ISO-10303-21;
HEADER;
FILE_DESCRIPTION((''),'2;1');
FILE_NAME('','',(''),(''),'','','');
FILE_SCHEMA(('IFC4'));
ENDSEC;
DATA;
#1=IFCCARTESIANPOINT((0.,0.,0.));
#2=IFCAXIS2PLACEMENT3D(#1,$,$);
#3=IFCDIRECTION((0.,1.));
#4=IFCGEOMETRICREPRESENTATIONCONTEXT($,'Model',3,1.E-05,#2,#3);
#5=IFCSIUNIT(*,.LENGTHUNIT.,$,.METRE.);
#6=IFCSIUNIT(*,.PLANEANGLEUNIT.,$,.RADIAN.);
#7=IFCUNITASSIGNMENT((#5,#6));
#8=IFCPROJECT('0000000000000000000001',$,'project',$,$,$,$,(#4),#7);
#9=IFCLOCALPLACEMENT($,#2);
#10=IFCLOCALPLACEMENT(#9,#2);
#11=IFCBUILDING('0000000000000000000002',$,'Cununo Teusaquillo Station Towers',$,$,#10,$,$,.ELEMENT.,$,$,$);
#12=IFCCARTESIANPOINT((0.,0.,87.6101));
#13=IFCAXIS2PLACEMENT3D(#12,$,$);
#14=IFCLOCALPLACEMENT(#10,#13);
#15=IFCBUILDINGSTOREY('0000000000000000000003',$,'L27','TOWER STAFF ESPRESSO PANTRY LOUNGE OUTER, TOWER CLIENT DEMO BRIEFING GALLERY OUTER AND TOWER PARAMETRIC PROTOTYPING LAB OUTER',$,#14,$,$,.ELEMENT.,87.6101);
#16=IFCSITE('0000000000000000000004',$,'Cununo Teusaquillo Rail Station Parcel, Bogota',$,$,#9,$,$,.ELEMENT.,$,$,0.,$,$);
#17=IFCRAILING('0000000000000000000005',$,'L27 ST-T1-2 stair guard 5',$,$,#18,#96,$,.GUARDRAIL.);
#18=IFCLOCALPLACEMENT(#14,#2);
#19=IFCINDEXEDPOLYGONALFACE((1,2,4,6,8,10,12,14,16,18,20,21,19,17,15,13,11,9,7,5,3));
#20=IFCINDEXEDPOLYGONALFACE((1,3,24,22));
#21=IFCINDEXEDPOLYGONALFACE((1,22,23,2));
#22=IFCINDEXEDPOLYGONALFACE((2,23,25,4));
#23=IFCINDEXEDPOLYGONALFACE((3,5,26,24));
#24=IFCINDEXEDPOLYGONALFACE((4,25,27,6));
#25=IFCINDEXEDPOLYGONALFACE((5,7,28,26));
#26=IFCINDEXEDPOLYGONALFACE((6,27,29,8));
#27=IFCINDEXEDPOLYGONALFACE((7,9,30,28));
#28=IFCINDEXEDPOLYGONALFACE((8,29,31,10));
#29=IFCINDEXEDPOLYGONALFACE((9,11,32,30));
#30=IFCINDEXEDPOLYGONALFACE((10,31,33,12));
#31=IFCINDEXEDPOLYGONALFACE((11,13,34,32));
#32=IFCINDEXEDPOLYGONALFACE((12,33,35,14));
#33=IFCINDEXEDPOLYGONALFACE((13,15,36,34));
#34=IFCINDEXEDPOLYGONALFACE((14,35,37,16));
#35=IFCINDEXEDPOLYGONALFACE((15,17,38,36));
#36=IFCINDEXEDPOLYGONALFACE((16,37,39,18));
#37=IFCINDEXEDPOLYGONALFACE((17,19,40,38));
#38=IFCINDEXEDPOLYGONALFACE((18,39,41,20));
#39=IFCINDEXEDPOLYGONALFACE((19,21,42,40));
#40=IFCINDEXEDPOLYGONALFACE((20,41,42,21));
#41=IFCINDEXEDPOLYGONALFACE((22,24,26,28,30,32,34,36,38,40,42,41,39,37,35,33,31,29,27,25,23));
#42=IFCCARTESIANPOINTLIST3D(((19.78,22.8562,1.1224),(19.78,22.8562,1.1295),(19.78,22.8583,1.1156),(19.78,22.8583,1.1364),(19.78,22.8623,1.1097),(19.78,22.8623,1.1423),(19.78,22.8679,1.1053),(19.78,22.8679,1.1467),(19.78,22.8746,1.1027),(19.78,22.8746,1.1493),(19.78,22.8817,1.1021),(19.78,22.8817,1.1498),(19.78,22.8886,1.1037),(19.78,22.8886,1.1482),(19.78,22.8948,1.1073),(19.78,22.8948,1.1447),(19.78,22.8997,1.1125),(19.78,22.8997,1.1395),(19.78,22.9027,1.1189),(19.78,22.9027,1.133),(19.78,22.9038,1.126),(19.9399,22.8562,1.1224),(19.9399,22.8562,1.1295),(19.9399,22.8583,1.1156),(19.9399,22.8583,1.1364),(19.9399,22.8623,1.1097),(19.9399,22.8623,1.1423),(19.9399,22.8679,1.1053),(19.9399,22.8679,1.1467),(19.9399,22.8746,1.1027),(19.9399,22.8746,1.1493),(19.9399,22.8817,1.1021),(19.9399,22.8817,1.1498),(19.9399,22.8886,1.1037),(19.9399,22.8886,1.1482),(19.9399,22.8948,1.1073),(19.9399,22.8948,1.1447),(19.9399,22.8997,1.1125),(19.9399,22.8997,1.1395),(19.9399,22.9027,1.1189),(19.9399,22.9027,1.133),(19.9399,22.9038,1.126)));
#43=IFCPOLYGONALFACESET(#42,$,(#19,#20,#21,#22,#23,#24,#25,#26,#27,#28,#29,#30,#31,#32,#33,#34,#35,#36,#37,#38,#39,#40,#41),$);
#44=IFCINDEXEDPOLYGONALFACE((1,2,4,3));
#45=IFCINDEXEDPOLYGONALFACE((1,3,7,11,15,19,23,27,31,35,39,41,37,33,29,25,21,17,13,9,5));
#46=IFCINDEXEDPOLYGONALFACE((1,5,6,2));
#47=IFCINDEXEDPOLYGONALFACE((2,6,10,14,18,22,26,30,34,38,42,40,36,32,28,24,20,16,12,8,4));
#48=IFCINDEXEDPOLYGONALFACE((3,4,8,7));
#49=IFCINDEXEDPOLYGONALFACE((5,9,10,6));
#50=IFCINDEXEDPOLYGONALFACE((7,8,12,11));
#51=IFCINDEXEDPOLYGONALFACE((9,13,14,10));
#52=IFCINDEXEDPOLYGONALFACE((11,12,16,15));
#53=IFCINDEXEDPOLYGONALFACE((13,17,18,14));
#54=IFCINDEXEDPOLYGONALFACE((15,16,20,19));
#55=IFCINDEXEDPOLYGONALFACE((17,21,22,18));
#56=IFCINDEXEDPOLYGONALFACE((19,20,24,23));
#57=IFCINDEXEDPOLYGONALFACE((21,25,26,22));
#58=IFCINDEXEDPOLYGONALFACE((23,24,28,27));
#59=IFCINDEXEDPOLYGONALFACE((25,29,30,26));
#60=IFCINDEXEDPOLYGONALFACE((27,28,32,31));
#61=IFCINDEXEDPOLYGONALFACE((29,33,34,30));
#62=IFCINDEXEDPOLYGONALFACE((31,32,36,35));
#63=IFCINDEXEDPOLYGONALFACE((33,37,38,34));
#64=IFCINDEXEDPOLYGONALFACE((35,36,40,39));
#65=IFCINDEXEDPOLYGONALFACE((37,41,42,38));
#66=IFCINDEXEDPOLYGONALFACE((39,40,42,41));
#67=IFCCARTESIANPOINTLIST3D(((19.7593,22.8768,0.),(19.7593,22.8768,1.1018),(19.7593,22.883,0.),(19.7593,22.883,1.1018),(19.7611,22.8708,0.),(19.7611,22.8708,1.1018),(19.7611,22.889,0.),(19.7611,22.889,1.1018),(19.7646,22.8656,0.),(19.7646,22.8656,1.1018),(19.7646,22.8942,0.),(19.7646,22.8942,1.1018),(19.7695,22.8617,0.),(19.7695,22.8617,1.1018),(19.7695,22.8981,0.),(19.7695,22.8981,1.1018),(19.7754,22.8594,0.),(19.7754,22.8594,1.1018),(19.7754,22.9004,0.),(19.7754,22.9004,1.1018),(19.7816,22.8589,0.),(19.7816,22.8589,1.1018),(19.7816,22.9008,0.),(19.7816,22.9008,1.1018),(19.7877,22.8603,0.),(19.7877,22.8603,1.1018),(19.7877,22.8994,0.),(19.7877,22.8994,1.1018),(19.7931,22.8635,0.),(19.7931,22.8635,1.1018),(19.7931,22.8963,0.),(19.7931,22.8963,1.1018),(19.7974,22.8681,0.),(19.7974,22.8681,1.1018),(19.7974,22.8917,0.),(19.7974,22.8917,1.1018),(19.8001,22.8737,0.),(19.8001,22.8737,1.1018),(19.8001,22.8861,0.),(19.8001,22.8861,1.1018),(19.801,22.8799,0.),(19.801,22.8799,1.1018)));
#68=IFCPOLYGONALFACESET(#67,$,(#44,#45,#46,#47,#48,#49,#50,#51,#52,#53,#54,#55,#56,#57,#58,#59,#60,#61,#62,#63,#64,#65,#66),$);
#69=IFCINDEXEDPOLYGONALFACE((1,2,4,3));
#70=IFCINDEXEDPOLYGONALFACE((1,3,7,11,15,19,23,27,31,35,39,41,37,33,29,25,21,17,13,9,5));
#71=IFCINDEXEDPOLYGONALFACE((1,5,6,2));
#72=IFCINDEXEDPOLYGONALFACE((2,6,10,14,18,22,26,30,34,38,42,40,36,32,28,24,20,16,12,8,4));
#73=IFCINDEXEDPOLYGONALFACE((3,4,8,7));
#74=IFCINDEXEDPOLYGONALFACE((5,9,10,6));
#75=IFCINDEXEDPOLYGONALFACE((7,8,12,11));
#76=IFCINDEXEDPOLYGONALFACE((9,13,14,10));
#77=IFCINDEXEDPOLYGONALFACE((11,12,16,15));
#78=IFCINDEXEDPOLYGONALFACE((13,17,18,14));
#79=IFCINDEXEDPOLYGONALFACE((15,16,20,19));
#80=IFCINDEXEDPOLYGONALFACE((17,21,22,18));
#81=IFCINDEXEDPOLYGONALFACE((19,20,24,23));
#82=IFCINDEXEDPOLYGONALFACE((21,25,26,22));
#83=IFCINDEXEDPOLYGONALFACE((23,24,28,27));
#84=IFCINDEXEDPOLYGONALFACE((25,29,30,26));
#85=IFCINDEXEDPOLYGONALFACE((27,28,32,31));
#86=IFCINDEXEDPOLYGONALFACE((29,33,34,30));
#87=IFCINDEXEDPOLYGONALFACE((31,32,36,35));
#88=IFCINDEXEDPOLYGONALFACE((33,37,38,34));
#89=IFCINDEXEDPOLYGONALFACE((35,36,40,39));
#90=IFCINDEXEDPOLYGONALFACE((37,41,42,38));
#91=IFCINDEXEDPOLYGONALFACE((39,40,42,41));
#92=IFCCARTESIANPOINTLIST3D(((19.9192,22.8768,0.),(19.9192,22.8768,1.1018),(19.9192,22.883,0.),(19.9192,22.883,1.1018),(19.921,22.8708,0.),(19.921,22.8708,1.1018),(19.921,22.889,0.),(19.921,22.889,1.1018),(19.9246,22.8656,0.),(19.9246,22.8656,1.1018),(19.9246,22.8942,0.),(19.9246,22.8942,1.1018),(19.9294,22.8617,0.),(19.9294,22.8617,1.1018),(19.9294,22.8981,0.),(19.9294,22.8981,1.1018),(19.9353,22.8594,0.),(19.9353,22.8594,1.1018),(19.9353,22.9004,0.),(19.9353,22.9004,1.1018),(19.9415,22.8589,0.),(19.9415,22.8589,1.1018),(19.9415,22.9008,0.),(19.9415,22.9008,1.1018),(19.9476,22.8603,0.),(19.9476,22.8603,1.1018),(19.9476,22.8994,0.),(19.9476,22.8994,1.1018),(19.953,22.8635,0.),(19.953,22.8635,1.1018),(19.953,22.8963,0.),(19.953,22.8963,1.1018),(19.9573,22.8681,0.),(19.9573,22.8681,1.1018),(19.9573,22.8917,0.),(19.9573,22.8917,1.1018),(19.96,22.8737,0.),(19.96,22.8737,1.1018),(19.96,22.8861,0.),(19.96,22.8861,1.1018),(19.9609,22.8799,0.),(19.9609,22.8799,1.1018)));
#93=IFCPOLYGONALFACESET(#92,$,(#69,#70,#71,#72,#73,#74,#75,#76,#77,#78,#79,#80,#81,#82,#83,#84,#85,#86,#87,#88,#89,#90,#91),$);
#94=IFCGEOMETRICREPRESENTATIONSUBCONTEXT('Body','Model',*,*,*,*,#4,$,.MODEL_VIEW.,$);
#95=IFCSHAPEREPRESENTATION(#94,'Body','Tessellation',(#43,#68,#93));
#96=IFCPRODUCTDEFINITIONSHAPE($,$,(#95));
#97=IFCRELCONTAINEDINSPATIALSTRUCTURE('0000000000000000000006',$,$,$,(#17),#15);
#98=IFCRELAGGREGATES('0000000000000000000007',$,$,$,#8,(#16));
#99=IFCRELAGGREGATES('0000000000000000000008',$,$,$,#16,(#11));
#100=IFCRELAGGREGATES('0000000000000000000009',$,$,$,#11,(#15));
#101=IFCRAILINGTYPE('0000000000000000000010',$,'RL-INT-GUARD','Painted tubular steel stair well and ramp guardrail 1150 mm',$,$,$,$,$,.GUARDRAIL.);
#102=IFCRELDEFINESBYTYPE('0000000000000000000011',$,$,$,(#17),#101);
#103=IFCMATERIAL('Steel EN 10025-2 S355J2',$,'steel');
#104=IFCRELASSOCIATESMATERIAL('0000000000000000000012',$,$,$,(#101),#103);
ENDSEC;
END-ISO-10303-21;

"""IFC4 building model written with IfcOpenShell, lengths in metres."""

from ifc_helpers import new_model, si_unit, direction, frame, origin, origin_2d, place, context, subcontext, project, spatial, circle, extrude, material, type_object, element, save


model = new_model("IFC4")

# Units and contexts
model_context = context("Model", 3, precision=1e-05, world=origin(), true_north=direction((0.0, 1.0)))
body_context = subcontext(model_context, "Body", "Model", "MODEL_VIEW")
ifc_project = project(units=[si_unit("LENGTHUNIT", "METRE"), si_unit("PLANEANGLEUNIT", "RADIAN")], contexts=[model_context])

# Site, building, storey
site_placement = place(None, origin())
site = spatial("IfcSite", under=ifc_project, at=site_placement, Name="Cununo Teusaquillo Rail Station Parcel, Bogota", CompositionType="ELEMENT", RefElevation=0.0)
building_placement = place(site_placement, origin())
building = spatial("IfcBuilding", under=site, at=building_placement, Name="Cununo Teusaquillo Station Towers", CompositionType="ELEMENT")
storey_placement = place(building_placement, frame((0.0, 0.0, 87.6101)))
storey = spatial("IfcBuildingStorey", under=building, at=storey_placement, Name="L27", Description="TOWER STAFF ESPRESSO PANTRY LOUNGE OUTER, TOWER CLIENT DEMO BRIEFING GALLERY OUTER AND TOWER PARAMETRIC PROTOTYPING LAB OUTER", CompositionType="ELEMENT", Elevation=87.6101)

# Railing
ifc_material_1 = material(Name="Steel EN 10025-2 S355J2", Category="steel")
railing_type_1 = type_object("IfcRailingType", Name="RL-INT-GUARD", Description="Painted tubular steel stair well and ramp guardrail 1150 mm", PredefinedType="GUARDRAIL", material=ifc_material_1)
railing_1_placement = place(storey_placement, frame((19.78, 22.8799, 0.0)))
element("IfcRailing", 1, at=railing_1_placement, inside=storey, type_object=railing_type_1, Name="L27 ST-T1-2 stair guard 5", PredefinedType="GUARDRAIL", context=body_context, shape_type="SweptSolid", body=[
    extrude(circle(Radius=0.0239, at=origin_2d()), frame((0.0, 0.0, 1.126), z_axis=(1.0, 0.0, 0.0), x_axis=(0.0, 1.0, 0.0)), (0.0, 0.0, 1.0), 0.1599),
    extrude(circle(Radius=0.021, at=origin_2d()), origin(), (0.0, 0.0, 1.0), 1.1018),
    extrude(circle(Radius=0.021, at=origin_2d()), frame((0.1599, 0.0, 0.0)), (0.0, 0.0, 1.0), 1.1018),
])

save(model, "model.ifc")
